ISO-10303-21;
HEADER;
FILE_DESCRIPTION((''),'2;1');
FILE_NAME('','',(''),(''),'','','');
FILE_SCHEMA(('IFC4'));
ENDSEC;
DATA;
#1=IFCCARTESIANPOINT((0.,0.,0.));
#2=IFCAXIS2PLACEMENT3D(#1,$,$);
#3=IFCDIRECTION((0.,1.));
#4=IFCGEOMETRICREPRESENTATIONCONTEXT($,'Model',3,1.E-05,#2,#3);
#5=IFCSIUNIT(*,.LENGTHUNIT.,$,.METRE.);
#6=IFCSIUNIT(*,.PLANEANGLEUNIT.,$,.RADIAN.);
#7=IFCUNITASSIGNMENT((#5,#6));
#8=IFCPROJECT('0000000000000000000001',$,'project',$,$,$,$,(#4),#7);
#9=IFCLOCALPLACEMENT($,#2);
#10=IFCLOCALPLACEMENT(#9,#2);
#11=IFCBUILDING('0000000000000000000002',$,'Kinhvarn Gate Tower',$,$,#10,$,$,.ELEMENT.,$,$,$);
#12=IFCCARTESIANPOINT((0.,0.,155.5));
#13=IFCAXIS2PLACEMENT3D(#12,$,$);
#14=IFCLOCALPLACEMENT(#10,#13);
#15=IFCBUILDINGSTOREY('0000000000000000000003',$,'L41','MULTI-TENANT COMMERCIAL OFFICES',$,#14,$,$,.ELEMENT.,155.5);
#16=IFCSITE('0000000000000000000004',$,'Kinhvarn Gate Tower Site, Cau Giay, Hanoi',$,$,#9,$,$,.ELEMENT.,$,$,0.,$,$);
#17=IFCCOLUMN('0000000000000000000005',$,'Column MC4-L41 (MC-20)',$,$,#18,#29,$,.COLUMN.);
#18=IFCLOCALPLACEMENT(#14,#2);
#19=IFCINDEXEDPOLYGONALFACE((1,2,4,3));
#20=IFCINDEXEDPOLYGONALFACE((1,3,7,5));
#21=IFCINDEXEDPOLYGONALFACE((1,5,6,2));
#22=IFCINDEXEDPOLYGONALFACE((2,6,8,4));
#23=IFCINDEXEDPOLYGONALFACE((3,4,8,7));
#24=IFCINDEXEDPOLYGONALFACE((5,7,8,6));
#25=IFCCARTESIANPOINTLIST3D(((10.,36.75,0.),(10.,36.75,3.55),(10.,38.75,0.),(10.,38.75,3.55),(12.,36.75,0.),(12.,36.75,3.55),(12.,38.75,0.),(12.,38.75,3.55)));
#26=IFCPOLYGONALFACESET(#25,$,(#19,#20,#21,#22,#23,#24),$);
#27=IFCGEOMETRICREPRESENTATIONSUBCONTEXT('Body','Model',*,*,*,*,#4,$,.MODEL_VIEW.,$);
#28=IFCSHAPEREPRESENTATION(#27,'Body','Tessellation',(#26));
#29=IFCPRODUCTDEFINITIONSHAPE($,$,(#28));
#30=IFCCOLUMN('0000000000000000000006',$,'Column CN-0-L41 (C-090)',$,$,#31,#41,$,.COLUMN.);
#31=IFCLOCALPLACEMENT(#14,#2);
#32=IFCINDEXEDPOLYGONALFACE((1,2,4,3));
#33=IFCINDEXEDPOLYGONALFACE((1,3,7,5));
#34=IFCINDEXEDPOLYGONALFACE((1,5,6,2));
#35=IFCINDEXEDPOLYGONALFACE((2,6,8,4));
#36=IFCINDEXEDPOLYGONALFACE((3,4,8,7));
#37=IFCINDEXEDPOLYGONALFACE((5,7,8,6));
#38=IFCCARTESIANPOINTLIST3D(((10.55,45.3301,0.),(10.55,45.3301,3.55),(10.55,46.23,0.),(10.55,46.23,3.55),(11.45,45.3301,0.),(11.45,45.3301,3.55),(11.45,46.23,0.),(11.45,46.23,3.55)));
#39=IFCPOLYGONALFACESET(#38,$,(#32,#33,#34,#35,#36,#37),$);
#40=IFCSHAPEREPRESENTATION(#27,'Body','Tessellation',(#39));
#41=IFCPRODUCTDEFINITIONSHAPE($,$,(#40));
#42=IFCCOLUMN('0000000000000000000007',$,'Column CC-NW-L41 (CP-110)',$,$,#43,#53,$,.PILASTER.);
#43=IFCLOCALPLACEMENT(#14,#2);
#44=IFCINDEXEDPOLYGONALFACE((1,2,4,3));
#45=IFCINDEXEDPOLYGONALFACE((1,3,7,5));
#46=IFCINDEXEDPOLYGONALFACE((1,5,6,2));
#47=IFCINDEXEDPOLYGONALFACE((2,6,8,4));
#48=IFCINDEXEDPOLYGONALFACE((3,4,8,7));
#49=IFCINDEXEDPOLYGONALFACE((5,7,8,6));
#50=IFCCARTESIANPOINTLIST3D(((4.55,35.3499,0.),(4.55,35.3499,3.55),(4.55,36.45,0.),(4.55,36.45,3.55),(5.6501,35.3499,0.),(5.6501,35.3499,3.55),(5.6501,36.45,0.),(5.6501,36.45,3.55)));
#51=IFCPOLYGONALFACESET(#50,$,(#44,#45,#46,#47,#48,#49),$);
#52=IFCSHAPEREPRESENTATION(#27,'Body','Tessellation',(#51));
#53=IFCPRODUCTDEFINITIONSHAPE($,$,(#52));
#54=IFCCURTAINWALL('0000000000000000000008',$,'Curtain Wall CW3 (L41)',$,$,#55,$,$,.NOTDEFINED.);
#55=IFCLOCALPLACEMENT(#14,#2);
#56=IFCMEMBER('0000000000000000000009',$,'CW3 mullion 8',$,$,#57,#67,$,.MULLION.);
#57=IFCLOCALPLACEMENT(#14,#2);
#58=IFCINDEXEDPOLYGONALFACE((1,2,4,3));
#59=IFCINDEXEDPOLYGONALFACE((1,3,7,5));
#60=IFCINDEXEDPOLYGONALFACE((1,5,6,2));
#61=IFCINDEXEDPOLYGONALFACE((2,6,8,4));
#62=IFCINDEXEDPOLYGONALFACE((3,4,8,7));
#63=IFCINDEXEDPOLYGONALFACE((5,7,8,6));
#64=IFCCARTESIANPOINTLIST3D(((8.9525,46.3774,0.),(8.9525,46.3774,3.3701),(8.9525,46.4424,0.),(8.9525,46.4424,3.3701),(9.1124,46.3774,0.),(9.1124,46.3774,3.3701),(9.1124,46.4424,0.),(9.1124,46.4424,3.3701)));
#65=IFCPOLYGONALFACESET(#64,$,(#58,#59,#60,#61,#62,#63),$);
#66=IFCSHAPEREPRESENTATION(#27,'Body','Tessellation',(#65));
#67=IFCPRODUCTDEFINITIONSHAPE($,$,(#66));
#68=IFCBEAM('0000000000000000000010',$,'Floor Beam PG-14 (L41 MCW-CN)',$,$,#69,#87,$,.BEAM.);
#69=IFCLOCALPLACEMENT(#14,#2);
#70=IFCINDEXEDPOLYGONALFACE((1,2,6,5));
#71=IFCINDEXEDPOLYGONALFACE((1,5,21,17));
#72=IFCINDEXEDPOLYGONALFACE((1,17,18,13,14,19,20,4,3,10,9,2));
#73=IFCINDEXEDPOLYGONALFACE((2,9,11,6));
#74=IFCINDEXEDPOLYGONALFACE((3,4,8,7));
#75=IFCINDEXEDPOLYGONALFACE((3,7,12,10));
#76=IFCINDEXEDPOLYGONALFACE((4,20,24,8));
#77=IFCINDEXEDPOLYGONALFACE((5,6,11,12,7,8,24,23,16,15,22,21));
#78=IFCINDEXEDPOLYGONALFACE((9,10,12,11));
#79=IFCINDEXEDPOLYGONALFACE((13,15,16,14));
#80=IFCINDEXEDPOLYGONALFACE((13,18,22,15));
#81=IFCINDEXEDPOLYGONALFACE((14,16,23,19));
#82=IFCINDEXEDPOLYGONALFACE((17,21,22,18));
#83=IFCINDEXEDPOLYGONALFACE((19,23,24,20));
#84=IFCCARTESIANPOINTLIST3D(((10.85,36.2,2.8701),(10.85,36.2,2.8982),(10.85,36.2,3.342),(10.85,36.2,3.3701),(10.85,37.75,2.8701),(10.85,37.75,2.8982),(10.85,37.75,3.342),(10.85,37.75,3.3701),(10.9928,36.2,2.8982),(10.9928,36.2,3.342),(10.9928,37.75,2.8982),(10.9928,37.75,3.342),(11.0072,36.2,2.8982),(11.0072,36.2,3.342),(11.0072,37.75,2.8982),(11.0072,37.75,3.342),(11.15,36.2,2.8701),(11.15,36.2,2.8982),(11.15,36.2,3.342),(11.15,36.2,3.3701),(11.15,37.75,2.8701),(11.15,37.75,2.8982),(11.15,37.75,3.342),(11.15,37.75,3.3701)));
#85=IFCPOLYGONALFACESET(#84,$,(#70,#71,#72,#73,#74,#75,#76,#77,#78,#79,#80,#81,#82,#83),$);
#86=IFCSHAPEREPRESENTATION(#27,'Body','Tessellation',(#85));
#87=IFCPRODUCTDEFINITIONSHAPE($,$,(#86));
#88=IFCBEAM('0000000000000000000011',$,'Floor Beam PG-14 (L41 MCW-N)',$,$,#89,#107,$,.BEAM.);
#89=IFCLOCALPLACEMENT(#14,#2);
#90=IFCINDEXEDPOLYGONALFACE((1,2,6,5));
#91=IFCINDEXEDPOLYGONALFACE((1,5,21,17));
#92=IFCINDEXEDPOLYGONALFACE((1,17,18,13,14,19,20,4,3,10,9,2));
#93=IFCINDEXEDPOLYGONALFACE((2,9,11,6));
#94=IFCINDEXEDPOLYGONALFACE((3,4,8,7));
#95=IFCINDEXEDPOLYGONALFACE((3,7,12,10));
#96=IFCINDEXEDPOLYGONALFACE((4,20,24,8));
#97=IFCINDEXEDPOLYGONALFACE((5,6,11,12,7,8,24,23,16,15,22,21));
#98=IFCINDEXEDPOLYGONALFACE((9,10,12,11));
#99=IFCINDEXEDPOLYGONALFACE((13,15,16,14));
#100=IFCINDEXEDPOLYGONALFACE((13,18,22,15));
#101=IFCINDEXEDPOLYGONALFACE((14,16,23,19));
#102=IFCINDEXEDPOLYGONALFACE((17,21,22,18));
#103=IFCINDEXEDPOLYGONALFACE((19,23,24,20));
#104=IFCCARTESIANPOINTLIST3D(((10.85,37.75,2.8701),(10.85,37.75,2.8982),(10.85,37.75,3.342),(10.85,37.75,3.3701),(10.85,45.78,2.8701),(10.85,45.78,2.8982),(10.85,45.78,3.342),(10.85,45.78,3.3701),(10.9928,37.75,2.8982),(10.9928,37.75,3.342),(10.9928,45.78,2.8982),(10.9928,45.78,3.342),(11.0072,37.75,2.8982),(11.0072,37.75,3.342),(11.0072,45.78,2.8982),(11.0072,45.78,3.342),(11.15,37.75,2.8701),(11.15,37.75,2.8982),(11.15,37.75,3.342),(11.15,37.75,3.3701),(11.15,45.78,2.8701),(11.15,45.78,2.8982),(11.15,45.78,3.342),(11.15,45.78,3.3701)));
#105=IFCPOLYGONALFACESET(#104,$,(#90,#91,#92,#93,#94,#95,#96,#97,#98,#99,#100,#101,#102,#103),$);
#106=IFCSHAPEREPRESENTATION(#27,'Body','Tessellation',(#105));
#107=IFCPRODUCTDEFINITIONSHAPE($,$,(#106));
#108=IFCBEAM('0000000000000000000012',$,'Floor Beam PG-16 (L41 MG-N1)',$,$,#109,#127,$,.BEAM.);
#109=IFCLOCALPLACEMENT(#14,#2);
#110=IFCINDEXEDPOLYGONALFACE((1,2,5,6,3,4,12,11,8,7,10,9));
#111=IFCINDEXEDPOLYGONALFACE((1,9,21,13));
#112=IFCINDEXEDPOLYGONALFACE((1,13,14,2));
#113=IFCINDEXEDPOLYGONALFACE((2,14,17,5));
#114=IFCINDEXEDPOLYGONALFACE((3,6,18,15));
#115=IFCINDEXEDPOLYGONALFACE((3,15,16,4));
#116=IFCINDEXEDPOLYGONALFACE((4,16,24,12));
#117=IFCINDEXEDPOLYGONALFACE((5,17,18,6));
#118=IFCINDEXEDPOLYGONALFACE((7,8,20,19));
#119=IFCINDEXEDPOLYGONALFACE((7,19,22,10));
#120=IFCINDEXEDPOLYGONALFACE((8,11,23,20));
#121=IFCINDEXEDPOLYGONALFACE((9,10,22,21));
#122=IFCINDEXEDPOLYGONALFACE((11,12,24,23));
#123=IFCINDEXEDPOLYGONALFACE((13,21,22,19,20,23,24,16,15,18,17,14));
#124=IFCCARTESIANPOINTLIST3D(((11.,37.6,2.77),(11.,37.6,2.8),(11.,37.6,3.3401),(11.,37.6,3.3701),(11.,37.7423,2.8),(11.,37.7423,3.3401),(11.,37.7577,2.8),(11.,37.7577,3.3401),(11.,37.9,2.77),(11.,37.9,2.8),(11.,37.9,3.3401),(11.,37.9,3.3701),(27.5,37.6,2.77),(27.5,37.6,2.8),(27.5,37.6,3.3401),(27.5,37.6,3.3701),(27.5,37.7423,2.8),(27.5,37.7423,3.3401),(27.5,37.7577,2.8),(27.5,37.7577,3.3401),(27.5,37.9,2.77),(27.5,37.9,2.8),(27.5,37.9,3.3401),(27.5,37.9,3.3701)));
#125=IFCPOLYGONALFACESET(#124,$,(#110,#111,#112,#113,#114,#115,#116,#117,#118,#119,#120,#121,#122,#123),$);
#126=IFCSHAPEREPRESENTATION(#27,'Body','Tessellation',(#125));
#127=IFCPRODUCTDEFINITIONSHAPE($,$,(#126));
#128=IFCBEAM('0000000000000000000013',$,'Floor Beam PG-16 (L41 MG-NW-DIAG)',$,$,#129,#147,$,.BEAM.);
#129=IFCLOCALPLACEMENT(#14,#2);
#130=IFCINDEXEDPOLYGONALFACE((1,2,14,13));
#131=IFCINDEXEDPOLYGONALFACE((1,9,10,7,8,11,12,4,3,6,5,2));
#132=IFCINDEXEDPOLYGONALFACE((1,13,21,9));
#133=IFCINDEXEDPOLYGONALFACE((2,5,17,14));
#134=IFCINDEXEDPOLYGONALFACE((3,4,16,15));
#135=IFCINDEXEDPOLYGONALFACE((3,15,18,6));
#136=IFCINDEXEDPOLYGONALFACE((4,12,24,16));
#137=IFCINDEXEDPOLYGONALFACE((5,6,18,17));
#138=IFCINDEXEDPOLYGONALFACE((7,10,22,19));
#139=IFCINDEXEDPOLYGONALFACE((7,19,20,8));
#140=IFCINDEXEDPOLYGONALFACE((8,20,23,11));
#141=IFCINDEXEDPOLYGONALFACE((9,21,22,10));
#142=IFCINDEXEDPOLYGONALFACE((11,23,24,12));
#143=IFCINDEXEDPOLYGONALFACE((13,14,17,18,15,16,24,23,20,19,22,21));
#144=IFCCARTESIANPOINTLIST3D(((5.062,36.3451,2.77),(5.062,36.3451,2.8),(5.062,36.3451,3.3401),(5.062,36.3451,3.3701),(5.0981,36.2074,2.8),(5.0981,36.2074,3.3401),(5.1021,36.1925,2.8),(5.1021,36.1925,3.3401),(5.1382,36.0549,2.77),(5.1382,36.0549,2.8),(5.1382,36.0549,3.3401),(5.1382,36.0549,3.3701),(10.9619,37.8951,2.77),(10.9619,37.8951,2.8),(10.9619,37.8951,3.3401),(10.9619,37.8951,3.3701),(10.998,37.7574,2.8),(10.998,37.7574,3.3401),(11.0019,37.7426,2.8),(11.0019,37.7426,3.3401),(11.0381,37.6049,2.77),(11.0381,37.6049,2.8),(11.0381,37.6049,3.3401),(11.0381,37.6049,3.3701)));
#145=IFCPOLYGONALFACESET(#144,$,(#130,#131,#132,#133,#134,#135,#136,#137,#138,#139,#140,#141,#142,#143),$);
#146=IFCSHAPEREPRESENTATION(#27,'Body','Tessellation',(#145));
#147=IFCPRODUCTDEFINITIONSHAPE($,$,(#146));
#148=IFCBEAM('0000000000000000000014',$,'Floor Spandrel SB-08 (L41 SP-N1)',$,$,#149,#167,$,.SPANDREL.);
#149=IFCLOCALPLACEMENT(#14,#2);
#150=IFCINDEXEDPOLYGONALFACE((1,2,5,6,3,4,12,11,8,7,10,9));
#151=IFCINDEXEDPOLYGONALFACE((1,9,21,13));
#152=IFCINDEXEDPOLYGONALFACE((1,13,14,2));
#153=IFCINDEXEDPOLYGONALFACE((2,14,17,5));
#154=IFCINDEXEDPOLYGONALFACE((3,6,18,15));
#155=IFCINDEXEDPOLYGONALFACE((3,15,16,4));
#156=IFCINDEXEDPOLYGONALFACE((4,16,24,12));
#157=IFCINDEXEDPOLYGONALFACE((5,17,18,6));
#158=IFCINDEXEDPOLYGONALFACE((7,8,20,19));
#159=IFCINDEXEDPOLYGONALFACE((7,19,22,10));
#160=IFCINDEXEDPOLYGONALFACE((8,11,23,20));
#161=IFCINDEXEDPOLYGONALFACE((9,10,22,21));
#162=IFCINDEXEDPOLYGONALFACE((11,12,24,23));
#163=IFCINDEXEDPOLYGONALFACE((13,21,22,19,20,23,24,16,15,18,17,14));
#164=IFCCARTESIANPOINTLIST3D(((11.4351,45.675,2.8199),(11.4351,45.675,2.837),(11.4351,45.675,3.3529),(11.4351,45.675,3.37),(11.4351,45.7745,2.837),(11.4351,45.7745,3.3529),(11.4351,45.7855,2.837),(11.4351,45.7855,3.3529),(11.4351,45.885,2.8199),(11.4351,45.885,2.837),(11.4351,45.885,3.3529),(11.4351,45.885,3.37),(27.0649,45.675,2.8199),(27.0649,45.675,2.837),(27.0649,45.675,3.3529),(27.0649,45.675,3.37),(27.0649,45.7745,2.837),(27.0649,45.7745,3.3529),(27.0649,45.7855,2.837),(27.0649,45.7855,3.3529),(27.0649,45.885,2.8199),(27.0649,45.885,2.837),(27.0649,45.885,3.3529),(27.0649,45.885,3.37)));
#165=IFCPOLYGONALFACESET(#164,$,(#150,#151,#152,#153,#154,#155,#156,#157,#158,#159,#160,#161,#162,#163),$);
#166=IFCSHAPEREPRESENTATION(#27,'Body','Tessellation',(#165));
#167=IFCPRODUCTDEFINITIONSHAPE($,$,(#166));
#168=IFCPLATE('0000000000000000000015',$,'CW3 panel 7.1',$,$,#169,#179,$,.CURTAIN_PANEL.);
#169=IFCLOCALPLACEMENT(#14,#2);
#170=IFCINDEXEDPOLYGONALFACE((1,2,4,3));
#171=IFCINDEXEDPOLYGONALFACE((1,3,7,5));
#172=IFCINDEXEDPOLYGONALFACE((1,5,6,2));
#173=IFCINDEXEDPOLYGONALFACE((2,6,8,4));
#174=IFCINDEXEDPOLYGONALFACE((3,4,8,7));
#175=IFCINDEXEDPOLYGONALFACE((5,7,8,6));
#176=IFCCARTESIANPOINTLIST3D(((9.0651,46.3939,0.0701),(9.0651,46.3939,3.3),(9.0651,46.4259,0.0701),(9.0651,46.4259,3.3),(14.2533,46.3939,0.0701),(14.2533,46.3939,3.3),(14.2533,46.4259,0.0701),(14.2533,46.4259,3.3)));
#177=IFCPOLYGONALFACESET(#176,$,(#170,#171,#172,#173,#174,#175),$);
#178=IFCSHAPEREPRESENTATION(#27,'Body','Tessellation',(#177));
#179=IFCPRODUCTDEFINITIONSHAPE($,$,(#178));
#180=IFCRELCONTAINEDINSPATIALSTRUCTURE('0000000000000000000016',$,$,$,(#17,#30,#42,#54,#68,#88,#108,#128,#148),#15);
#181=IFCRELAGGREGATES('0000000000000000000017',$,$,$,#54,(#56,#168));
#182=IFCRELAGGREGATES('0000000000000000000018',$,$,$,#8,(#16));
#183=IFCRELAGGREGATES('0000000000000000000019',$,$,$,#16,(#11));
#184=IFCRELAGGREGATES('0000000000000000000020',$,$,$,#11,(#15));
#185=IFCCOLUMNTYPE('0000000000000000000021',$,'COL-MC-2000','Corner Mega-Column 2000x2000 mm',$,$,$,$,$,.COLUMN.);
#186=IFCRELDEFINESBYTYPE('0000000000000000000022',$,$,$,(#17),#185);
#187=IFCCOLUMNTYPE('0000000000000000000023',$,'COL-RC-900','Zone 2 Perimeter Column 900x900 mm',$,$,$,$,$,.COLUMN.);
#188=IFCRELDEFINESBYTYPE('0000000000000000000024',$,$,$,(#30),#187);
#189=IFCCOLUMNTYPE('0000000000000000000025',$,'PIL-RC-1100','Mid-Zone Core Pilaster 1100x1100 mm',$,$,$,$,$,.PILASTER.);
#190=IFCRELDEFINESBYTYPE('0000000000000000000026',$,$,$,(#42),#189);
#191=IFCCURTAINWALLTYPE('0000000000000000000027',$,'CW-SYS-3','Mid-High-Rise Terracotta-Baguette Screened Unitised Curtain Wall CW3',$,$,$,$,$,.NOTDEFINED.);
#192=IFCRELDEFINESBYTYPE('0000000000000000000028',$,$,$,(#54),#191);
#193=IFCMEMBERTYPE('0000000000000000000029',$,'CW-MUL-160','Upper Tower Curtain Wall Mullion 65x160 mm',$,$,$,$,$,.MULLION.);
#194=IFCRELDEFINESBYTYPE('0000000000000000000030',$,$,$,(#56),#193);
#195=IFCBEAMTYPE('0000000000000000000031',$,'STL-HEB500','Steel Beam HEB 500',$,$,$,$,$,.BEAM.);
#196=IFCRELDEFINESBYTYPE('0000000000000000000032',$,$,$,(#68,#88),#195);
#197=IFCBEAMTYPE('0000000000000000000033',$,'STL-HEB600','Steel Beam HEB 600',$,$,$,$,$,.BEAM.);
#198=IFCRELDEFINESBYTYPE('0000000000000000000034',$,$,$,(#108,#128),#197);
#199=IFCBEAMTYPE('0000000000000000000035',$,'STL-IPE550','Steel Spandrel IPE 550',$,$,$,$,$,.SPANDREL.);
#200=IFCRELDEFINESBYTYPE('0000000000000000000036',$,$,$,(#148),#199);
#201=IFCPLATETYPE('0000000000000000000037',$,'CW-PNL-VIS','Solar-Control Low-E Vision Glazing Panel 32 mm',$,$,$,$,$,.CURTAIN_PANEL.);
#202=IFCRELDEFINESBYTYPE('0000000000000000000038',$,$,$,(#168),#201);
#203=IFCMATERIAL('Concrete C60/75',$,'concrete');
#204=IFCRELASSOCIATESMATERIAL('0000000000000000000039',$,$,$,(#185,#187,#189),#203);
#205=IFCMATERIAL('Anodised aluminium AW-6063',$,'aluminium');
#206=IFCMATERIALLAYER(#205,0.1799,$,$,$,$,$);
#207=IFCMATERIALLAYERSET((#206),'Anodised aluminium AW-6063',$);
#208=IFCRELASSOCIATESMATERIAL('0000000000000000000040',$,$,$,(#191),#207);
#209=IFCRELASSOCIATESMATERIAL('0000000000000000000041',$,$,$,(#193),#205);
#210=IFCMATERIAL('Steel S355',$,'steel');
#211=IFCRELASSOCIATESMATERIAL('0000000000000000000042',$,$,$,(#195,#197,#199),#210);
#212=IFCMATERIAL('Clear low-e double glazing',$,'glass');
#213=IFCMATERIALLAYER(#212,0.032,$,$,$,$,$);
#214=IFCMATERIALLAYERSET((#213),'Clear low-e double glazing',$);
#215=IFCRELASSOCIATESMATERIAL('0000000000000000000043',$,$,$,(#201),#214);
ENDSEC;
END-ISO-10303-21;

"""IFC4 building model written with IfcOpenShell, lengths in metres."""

from ifc_helpers import new_model, si_unit, direction, frame, origin, origin_2d, place, context, subcontext, project, spatial, rectangle, i_section, extrude, material, layer, layer_set, material_profile, profile_set, type_object, element, aggregate, save


model = new_model("IFC4")

# Units and contexts
model_context = context("Model", 3, precision=1e-05, world=origin(), true_north=direction((0.0, 1.0)))
body_context = subcontext(model_context, "Body", "Model", "MODEL_VIEW")
ifc_project = project(units=[si_unit("LENGTHUNIT", "METRE"), si_unit("PLANEANGLEUNIT", "RADIAN")], contexts=[model_context])

# Site, building, storey
site_placement = place(None, origin())
site = spatial("IfcSite", under=ifc_project, at=site_placement, Name="Kinhvarn Gate Tower Site, Cau Giay, Hanoi", CompositionType="ELEMENT", RefElevation=0.0)
building_placement = place(site_placement, origin())
building = spatial("IfcBuilding", under=site, at=building_placement, Name="Kinhvarn Gate Tower", CompositionType="ELEMENT")
storey_placement = place(building_placement, frame((0.0, 0.0, 155.5)))
storey = spatial("IfcBuildingStorey", under=building, at=storey_placement, Name="L41", Description="MULTI-TENANT COMMERCIAL OFFICES", CompositionType="ELEMENT", Elevation=155.5)

# Columns
ifc_material_1 = material(Name="Concrete C60/75", Category="concrete")
ifc_material_profile_1 = material_profile(ifc_material_1, rectangle(XDim=2.0, YDim=2.0, at=origin_2d()), Name="RC 2000x2000")
ifc_profile_set_1 = profile_set([ifc_material_profile_1], Name="Concrete C60/75")
column_type_1 = type_object("IfcColumnType", Name="COL-MC-2000", Description="Corner Mega-Column 2000x2000 mm", PredefinedType="COLUMN", material=ifc_profile_set_1)
column_1_placement = place(storey_placement, frame((11.0, 37.75, 0.0), z_axis=(0.0, 0.0, 1.0), x_axis=(1.0, 0.0, 0.0)))
element("IfcColumn", 1, at=column_1_placement, inside=storey, type_object=column_type_1, Name="Column MC4-L41 (MC-20)", PredefinedType="COLUMN", context=body_context, shape_type="SweptSolid", body=[
    extrude(rectangle(XDim=2.0, YDim=2.0, at=origin_2d()), origin(), (0.0, 0.0, 1.0), 3.55),
])
ifc_material_profile_2 = material_profile(ifc_material_1, rectangle(XDim=0.8999, YDim=0.8999, at=origin_2d()), Name="RC 900x900")
ifc_profile_set_2 = profile_set([ifc_material_profile_2], Name="Concrete C60/75")
column_type_2 = type_object("IfcColumnType", Name="COL-RC-900", Description="Zone 2 Perimeter Column 900x900 mm", PredefinedType="COLUMN", material=ifc_profile_set_2)
column_2_placement = place(storey_placement, frame((11.0, 45.78, 0.0), z_axis=(0.0, 0.0, 1.0), x_axis=(1.0, 0.0, 0.0)))
element("IfcColumn", 2, at=column_2_placement, inside=storey, type_object=column_type_2, Name="Column CN-0-L41 (C-090)", PredefinedType="COLUMN", context=body_context, shape_type="SweptSolid", body=[
    extrude(rectangle(XDim=0.8999, YDim=0.8999, at=origin_2d()), origin(), (0.0, 0.0, 1.0), 3.55),
])
ifc_material_profile_3 = material_profile(ifc_material_1, rectangle(XDim=1.1001, YDim=1.1001, at=origin_2d()), Name="RC 1100x1100")
ifc_profile_set_3 = profile_set([ifc_material_profile_3], Name="Concrete C60/75")
column_type_3 = type_object("IfcColumnType", Name="PIL-RC-1100", Description="Mid-Zone Core Pilaster 1100x1100 mm", PredefinedType="PILASTER", material=ifc_profile_set_3)
column_3_placement = place(storey_placement, frame((5.1001, 35.8999, 0.0), z_axis=(0.0, 0.0, 1.0), x_axis=(1.0, 0.0, 0.0)))
element("IfcColumn", 3, at=column_3_placement, inside=storey, type_object=column_type_3, Name="Column CC-NW-L41 (CP-110)", PredefinedType="PILASTER", context=body_context, shape_type="SweptSolid", body=[
    extrude(rectangle(XDim=1.1001, YDim=1.1001, at=origin_2d()), origin(), (0.0, 0.0, 1.0), 3.55),
])

# Curtain wall, member
ifc_material_2 = material(Name="Anodised aluminium AW-6063", Category="aluminium")
ifc_layer_1 = layer(ifc_material_2, 0.1799)
ifc_layer_set_1 = layer_set([ifc_layer_1], Name="Anodised aluminium AW-6063")
curtain_wall_type = type_object("IfcCurtainWallType", Name="CW-SYS-3", Description="Mid-High-Rise Terracotta-Baguette Screened Unitised Curtain Wall CW3", PredefinedType="NOTDEFINED", material=ifc_layer_set_1)
curtain_wall_placement = place(storey_placement, origin())
curtain_wall = element("IfcCurtainWall", 4, at=curtain_wall_placement, inside=storey, type_object=curtain_wall_type, Name="Curtain Wall CW3 (L41)", PredefinedType="NOTDEFINED")
ifc_material_profile_4 = material_profile(ifc_material_2, rectangle(XDim=0.0649, YDim=0.1599, at=origin_2d()), Name="ALU 65x160")
ifc_profile_set_4 = profile_set([ifc_material_profile_4], Name="Anodised aluminium AW-6063")
member_type = type_object("IfcMemberType", Name="CW-MUL-160", Description="Upper Tower Curtain Wall Mullion 65x160 mm", PredefinedType="MULLION", material=ifc_profile_set_4)
member_placement = place(storey_placement, frame((9.0325, 46.4099, 0.0), z_axis=(0.0, 0.0, 1.0), x_axis=(0.0, -1.0, 0.0)))
member = element("IfcMember", 5, at=member_placement, type_object=member_type, Name="CW3 mullion 8", PredefinedType="MULLION", context=body_context, shape_type="SweptSolid", body=[
    extrude(rectangle(XDim=0.0649, YDim=0.1599, at=origin_2d()), origin(), (0.0, 0.0, 1.0), 3.3701),
])

# Beams
ifc_material_3 = material(Name="Steel S355", Category="steel")
ifc_material_profile_5 = material_profile(ifc_material_3, i_section(OverallWidth=0.3, OverallDepth=0.5, WebThickness=0.0144, FlangeThickness=0.0281, at=origin_2d()), Name="HEB 500")
ifc_profile_set_5 = profile_set([ifc_material_profile_5], Name="Steel S355")
beam_type_1 = type_object("IfcBeamType", Name="STL-HEB500", Description="Steel Beam HEB 500", PredefinedType="BEAM", material=ifc_profile_set_5)
beam_1_placement = place(storey_placement, frame((11.0, 36.2, 3.1201), z_axis=(0.0, 1.0, 0.0), x_axis=(-1.0, 0.0, 0.0)))
element("IfcBeam", 6, at=beam_1_placement, inside=storey, type_object=beam_type_1, Name="Floor Beam PG-14 (L41 MCW-CN)", PredefinedType="BEAM", context=body_context, shape_type="SweptSolid", body=[
    extrude(i_section(OverallWidth=0.3, OverallDepth=0.5, WebThickness=0.0144, FlangeThickness=0.0281, at=origin_2d()), origin(), (0.0, 0.0, 1.0), 1.55),
])
beam_2_placement = place(storey_placement, frame((11.0, 37.75, 3.1201), z_axis=(0.0, 1.0, 0.0), x_axis=(-1.0, 0.0, 0.0)))
element("IfcBeam", 7, at=beam_2_placement, inside=storey, type_object=beam_type_1, Name="Floor Beam PG-14 (L41 MCW-N)", PredefinedType="BEAM", context=body_context, shape_type="SweptSolid", body=[
    extrude(i_section(OverallWidth=0.3, OverallDepth=0.5, WebThickness=0.0144, FlangeThickness=0.0281, at=origin_2d()), origin(), (0.0, 0.0, 1.0), 8.03),
])
ifc_material_profile_6 = material_profile(ifc_material_3, i_section(OverallWidth=0.3, OverallDepth=0.6001, WebThickness=0.0154, FlangeThickness=0.03, at=origin_2d()), Name="HEB 600")
ifc_profile_set_6 = profile_set([ifc_material_profile_6], Name="Steel S355")
beam_type_2 = type_object("IfcBeamType", Name="STL-HEB600", Description="Steel Beam HEB 600", PredefinedType="BEAM", material=ifc_profile_set_6)
beam_3_placement = place(storey_placement, frame((11.0, 37.75, 3.0701), z_axis=(1.0, 0.0, 0.0), x_axis=(0.0, 1.0, 0.0)))
element("IfcBeam", 8, at=beam_3_placement, inside=storey, type_object=beam_type_2, Name="Floor Beam PG-16 (L41 MG-N1)", PredefinedType="BEAM", context=body_context, shape_type="SweptSolid", body=[
    extrude(i_section(OverallWidth=0.3, OverallDepth=0.6001, WebThickness=0.0154, FlangeThickness=0.03, at=origin_2d()), origin(), (0.0, 0.0, 1.0), 16.5),
])
beam_4_placement = place(storey_placement, frame((5.1001, 36.2, 3.0701), z_axis=(0.967178, 0.254101, 0.0), x_axis=(-0.254101, 0.967178, 0.0)))
element("IfcBeam", 9, at=beam_4_placement, inside=storey, type_object=beam_type_2, Name="Floor Beam PG-16 (L41 MG-NW-DIAG)", PredefinedType="BEAM", context=body_context, shape_type="SweptSolid", body=[
    extrude(i_section(OverallWidth=0.3, OverallDepth=0.6001, WebThickness=0.0154, FlangeThickness=0.03, at=origin_2d()), origin(), (0.0, 0.0, 1.0), 6.1001),
])
ifc_material_profile_7 = material_profile(ifc_material_3, i_section(OverallWidth=0.21, OverallDepth=0.55, WebThickness=0.011, FlangeThickness=0.0171, at=origin_2d()), Name="IPE 550")
ifc_profile_set_7 = profile_set([ifc_material_profile_7], Name="Steel S355")
beam_type_3 = type_object("IfcBeamType", Name="STL-IPE550", Description="Steel Spandrel IPE 550", PredefinedType="SPANDREL", material=ifc_profile_set_7)
beam_5_placement = place(storey_placement, frame((11.4351, 45.78, 3.095), z_axis=(1.0, 0.0, 0.0), x_axis=(0.0, 1.0, 0.0)))
element("IfcBeam", 10, at=beam_5_placement, inside=storey, type_object=beam_type_3, Name="Floor Spandrel SB-08 (L41 SP-N1)", PredefinedType="SPANDREL", context=body_context, shape_type="SweptSolid", body=[
    extrude(i_section(OverallWidth=0.21, OverallDepth=0.55, WebThickness=0.011, FlangeThickness=0.0171, at=origin_2d()), origin(), (0.0, 0.0, 1.0), 15.6299),
])

# Plate
ifc_material_4 = material(Name="Clear low-e double glazing", Category="glass")
ifc_layer_2 = layer(ifc_material_4, 0.032)
ifc_layer_set_2 = layer_set([ifc_layer_2], Name="Clear low-e double glazing")
plate_type = type_object("IfcPlateType", Name="CW-PNL-VIS", Description="Solar-Control Low-E Vision Glazing Panel 32 mm", PredefinedType="CURTAIN_PANEL", material=ifc_layer_set_2)
plate_placement = place(storey_placement, frame((11.6592, 46.4099, 0.0701), z_axis=(0.0, 0.0, 1.0), x_axis=(-1.0, 0.0, 0.0)))
plate = element("IfcPlate", 11, at=plate_placement, type_object=plate_type, Name="CW3 panel 7.1", PredefinedType="CURTAIN_PANEL", context=body_context, shape_type="SweptSolid", body=[
    extrude(rectangle(XDim=5.1882, YDim=0.032, at=origin_2d()), origin(), (0.0, 0.0, 1.0), 3.23),
])
aggregate(curtain_wall, [member, plate])

save(model, "model.ifc")
